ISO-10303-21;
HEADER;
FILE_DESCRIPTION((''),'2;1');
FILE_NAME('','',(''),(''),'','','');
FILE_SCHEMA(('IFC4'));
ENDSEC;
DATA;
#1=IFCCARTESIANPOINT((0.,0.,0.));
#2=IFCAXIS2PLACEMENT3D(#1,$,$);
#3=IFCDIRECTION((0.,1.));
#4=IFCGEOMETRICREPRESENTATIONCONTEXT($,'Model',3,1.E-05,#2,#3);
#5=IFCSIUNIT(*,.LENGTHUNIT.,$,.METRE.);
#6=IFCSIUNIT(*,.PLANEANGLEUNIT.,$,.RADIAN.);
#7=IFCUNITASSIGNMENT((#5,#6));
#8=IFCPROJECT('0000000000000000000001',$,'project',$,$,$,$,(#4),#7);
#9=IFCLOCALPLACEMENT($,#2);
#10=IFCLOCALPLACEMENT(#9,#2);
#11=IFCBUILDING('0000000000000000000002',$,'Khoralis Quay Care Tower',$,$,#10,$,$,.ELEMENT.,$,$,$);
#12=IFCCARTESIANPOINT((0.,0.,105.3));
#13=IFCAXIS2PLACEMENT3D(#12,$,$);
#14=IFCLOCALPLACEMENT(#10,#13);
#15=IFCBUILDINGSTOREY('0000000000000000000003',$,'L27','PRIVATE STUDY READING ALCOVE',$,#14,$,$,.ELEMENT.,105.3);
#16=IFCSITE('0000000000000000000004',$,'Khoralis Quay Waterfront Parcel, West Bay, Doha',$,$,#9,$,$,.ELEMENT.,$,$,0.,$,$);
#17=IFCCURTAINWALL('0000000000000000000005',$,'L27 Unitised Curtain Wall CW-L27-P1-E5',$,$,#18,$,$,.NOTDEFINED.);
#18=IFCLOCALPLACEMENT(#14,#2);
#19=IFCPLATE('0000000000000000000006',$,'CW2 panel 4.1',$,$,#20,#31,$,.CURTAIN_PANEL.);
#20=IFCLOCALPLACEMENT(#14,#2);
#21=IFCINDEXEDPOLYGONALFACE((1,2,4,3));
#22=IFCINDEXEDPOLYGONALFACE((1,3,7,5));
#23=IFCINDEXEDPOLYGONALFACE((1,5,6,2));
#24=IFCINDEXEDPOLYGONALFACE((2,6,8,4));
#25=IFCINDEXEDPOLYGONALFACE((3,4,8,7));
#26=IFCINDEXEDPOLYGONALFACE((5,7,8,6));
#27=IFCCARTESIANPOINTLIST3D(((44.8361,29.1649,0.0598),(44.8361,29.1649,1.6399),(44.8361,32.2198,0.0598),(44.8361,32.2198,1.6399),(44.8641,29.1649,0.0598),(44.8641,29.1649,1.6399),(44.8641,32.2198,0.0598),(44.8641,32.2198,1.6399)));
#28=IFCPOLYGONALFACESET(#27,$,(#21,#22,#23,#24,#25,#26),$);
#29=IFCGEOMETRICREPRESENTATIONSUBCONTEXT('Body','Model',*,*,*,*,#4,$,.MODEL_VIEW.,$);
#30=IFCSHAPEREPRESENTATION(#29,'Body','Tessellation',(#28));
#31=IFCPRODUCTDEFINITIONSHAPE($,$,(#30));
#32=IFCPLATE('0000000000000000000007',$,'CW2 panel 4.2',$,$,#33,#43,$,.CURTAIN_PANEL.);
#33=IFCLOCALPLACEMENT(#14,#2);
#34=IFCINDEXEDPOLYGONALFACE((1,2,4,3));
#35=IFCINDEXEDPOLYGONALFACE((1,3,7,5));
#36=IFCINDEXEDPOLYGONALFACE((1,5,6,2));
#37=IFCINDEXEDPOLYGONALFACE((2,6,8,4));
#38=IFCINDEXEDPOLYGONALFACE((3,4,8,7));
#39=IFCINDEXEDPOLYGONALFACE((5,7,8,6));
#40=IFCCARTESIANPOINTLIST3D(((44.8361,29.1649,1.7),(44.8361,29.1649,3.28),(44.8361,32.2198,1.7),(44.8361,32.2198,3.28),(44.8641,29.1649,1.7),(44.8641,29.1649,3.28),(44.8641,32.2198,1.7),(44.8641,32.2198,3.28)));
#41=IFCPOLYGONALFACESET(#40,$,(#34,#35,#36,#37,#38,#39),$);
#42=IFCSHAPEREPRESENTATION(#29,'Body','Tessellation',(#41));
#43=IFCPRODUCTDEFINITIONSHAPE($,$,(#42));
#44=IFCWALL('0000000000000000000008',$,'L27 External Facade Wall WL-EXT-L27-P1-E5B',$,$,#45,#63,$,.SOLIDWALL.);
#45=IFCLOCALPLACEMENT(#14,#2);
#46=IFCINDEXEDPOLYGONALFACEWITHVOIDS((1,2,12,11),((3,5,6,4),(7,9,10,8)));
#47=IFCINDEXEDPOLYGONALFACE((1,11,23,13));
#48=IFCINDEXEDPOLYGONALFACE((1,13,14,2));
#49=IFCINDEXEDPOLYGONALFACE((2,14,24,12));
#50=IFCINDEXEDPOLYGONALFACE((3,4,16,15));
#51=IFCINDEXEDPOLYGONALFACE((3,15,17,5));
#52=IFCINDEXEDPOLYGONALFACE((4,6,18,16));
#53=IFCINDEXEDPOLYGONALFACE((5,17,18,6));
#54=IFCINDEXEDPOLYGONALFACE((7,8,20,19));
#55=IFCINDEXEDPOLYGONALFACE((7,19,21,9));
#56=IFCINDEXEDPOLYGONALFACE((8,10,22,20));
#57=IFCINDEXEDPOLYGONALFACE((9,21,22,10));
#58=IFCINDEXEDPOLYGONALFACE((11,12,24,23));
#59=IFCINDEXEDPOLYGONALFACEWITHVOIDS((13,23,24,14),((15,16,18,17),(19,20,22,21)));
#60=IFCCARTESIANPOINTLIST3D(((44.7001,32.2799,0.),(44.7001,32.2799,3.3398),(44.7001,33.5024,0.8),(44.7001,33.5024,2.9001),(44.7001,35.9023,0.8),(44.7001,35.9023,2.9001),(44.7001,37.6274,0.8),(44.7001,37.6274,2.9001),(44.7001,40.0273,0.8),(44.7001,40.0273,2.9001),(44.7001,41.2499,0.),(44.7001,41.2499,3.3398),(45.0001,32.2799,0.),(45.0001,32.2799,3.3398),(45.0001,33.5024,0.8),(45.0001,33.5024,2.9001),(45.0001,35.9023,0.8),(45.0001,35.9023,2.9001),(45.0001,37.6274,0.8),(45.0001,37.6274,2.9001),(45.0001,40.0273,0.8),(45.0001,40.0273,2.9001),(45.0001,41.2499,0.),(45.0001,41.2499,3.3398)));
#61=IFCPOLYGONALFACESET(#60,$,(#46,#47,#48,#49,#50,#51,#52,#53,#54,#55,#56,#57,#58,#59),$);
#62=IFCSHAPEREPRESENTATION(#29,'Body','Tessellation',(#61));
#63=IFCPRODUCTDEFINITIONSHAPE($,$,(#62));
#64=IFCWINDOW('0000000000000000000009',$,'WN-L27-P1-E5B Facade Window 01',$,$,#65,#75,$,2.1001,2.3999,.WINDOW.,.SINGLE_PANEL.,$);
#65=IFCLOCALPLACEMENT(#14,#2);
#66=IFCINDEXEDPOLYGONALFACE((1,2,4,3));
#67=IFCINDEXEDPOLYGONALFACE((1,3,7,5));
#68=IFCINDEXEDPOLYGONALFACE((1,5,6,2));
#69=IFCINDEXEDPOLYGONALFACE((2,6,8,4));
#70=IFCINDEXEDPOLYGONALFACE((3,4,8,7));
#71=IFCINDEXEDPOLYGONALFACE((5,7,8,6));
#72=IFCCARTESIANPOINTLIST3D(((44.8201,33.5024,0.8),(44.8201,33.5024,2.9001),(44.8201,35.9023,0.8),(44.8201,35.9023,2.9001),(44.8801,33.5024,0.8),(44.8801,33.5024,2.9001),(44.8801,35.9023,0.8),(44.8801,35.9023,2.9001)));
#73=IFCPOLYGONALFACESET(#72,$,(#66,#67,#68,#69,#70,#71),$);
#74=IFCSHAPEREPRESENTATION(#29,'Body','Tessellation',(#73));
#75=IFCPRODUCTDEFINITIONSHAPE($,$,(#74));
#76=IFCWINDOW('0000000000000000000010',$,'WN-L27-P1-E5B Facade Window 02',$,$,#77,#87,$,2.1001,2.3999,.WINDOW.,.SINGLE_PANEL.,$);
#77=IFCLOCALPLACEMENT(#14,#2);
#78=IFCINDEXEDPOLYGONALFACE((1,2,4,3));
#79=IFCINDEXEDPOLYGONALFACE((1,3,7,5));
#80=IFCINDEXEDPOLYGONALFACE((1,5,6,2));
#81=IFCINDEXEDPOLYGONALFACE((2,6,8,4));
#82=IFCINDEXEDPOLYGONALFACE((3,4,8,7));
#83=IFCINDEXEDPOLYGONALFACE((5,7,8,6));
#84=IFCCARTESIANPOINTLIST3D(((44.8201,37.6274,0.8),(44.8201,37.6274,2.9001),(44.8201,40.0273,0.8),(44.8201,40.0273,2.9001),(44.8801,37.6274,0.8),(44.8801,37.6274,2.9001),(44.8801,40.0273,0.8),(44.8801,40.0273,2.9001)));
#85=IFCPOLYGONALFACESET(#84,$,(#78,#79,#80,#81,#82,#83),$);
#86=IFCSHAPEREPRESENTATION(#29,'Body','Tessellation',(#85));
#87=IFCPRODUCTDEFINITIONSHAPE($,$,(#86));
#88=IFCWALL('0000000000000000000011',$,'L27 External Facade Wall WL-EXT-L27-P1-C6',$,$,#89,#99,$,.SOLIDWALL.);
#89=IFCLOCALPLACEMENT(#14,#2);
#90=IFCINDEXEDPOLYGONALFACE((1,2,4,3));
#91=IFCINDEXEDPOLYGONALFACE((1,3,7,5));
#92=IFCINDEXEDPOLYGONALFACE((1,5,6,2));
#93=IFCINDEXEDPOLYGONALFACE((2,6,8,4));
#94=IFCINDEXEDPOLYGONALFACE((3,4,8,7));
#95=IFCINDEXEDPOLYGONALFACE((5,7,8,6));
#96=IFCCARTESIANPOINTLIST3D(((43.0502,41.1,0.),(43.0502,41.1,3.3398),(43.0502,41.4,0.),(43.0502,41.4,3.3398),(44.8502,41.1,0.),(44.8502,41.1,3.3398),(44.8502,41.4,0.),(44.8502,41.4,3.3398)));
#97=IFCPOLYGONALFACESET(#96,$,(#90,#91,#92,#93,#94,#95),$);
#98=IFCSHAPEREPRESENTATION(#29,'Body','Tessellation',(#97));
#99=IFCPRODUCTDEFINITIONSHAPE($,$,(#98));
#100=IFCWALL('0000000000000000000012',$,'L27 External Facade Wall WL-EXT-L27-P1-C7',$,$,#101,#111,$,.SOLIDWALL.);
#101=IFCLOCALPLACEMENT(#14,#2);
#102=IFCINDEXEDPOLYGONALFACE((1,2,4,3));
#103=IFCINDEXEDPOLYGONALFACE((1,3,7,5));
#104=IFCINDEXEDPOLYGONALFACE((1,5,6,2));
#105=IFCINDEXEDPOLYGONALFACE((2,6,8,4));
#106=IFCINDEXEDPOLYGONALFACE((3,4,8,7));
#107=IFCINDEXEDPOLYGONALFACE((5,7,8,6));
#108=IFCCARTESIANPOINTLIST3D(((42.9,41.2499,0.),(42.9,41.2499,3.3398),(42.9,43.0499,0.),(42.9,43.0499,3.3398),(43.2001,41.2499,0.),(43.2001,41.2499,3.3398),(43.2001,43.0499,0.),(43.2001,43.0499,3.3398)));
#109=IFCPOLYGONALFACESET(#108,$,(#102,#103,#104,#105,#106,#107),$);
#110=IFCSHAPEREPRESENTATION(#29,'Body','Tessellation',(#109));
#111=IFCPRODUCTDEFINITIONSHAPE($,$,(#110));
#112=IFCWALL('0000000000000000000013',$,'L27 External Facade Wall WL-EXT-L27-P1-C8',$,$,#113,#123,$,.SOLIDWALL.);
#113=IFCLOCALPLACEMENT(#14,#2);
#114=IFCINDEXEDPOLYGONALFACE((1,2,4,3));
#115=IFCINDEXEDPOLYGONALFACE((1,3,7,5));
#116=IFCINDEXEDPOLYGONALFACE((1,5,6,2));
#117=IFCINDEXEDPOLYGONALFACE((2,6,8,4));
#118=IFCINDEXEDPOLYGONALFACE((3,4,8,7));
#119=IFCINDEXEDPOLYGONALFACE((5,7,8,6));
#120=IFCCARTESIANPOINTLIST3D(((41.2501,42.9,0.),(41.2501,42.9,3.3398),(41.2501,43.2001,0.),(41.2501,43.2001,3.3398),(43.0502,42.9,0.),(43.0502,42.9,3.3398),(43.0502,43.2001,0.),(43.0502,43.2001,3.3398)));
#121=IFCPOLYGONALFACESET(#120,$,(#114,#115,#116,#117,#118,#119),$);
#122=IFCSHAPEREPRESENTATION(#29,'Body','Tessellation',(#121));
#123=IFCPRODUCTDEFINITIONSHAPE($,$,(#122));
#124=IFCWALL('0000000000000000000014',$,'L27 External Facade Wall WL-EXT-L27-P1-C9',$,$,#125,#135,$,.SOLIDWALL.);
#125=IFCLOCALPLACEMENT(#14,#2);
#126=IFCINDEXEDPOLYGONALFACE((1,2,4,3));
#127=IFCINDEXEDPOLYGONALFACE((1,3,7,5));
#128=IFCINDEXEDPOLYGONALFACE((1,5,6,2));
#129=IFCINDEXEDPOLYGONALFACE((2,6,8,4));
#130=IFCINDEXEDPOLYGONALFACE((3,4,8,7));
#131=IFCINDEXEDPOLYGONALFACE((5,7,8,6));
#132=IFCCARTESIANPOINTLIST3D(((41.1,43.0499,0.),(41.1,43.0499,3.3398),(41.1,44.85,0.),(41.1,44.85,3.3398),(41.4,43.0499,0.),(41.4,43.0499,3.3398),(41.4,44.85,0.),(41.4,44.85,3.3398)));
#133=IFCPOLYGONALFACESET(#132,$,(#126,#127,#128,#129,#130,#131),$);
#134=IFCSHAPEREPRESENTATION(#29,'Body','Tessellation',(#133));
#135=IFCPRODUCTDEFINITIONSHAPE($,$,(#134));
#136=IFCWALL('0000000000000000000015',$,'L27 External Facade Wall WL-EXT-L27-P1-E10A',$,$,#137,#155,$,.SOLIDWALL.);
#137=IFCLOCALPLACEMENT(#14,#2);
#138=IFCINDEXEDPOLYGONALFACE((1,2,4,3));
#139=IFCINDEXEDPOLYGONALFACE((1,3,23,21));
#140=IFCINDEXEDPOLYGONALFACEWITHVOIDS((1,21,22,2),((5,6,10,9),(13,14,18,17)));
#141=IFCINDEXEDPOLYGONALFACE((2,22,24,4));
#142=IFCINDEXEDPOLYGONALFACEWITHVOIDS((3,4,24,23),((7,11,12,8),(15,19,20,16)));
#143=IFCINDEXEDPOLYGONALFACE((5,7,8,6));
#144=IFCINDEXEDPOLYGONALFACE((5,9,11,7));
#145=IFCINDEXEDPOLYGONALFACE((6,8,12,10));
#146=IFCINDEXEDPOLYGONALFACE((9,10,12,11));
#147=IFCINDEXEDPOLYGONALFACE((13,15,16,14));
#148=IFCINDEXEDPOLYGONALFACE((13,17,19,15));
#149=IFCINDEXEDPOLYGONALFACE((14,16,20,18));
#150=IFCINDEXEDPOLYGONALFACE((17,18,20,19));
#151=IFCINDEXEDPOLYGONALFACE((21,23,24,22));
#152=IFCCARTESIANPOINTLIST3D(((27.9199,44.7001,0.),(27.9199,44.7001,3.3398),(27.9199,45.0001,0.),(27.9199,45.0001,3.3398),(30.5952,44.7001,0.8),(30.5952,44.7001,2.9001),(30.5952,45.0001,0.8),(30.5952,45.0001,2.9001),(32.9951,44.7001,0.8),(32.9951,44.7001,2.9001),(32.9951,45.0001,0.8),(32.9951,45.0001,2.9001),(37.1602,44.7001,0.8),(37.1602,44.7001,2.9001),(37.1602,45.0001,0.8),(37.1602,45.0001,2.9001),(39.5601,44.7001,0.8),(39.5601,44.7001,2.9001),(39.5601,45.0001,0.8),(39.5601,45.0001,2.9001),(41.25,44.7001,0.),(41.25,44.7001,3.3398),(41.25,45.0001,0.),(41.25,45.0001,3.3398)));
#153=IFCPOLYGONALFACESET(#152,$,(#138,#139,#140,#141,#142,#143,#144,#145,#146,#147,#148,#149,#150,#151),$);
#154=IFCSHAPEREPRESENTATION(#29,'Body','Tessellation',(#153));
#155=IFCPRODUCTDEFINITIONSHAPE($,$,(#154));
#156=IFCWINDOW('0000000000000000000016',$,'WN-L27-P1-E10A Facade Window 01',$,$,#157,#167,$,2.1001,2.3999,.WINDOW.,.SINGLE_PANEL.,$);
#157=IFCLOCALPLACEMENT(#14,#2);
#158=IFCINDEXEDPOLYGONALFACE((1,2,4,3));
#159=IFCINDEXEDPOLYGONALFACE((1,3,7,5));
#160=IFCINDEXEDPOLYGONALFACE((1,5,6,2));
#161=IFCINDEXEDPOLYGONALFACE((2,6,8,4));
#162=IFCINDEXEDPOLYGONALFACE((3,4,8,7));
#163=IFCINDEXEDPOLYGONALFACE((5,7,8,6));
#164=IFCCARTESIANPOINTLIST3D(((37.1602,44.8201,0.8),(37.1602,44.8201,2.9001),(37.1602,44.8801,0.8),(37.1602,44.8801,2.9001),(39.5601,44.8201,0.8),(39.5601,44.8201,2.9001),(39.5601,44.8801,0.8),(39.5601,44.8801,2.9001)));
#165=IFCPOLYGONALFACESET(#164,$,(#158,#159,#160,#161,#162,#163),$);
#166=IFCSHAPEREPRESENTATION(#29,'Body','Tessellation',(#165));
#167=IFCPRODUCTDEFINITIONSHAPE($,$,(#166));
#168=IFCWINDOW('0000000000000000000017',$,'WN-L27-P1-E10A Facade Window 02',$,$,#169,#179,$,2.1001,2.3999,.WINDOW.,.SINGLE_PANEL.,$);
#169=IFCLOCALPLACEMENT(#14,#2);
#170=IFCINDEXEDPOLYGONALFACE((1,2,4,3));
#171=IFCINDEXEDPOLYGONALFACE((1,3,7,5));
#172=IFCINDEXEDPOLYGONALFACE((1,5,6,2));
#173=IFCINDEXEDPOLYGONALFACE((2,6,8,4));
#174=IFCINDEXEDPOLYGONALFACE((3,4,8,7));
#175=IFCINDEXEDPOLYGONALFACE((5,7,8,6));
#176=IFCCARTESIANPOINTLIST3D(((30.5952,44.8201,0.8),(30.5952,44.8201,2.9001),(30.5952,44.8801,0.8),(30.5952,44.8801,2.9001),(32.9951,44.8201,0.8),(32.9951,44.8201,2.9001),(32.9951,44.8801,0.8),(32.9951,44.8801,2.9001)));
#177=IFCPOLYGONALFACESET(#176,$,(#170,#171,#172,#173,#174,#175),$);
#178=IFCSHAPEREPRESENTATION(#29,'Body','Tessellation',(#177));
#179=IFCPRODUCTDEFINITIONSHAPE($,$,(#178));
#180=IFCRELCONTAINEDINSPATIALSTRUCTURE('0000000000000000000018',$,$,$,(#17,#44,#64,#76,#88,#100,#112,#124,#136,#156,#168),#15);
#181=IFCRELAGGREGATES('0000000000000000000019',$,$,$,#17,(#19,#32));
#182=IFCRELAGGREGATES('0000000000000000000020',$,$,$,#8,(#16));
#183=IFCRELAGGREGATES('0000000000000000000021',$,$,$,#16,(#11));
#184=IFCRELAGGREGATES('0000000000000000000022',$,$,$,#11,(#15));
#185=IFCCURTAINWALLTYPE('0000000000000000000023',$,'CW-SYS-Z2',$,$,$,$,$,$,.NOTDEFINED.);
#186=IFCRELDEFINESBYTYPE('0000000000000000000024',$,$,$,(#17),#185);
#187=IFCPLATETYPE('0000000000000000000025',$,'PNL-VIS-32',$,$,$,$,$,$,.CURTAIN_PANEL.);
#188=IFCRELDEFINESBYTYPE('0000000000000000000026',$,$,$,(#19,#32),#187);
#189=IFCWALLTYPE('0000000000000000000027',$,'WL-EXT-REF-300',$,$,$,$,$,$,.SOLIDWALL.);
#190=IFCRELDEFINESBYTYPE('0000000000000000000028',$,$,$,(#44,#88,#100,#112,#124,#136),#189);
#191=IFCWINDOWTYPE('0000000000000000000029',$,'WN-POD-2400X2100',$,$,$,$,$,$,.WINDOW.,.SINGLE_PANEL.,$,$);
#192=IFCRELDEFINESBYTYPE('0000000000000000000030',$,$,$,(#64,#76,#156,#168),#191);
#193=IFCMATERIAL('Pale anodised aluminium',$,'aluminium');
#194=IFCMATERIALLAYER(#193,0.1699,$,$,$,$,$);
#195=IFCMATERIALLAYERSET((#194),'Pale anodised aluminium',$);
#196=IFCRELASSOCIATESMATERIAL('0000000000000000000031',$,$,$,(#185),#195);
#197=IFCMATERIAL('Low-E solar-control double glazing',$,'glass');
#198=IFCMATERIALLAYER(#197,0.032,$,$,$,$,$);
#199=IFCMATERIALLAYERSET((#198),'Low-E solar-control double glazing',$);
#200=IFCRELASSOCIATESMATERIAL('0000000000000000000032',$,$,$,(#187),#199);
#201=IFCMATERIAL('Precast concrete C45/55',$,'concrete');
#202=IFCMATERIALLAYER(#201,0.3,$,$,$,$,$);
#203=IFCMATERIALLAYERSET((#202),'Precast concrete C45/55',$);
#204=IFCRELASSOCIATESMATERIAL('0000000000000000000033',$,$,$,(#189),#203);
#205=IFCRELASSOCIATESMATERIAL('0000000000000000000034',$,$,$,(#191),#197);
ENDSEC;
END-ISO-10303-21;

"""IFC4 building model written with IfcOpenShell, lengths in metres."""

from ifc_helpers import new_model, si_unit, direction, frame, frame_2d, origin, origin_2d, place, context, subcontext, project, spatial, rectangle, extrude, source, transform, mapped, material, layer, layer_set, type_object, element, fill, aggregate, save


model = new_model("IFC4")

# Units and contexts
model_context = context("Model", 3, precision=1e-05, world=origin(), true_north=direction((0.0, 1.0)))
body_context = subcontext(model_context, "Body", "Model", "MODEL_VIEW")
ifc_project = project(units=[si_unit("LENGTHUNIT", "METRE"), si_unit("PLANEANGLEUNIT", "RADIAN")], contexts=[model_context])

# Site, building, storey
site_placement = place(None, origin())
site = spatial("IfcSite", under=ifc_project, at=site_placement, Name="Khoralis Quay Waterfront Parcel, West Bay, Doha", CompositionType="ELEMENT", RefElevation=0.0)
building_placement = place(site_placement, origin())
building = spatial("IfcBuilding", under=site, at=building_placement, Name="Khoralis Quay Care Tower", CompositionType="ELEMENT")
storey_placement = place(building_placement, frame((0.0, 0.0, 105.3)))
storey = spatial("IfcBuildingStorey", under=building, at=storey_placement, Name="L27", Description="PRIVATE STUDY READING ALCOVE", CompositionType="ELEMENT", Elevation=105.3)

# Curtain wall, plates
ifc_material_1 = material(Name="Pale anodised aluminium", Category="aluminium")
ifc_layer_1 = layer(ifc_material_1, 0.1699)
ifc_layer_set_1 = layer_set([ifc_layer_1], Name="Pale anodised aluminium")
curtain_wall_type = type_object("IfcCurtainWallType", Name="CW-SYS-Z2", PredefinedType="NOTDEFINED", material=ifc_layer_set_1)
curtain_wall_placement = place(storey_placement, origin())
curtain_wall = element("IfcCurtainWall", 1, at=curtain_wall_placement, inside=storey, type_object=curtain_wall_type, Name="L27 Unitised Curtain Wall CW-L27-P1-E5", PredefinedType="NOTDEFINED")
ifc_material_2 = material(Name="Low-E solar-control double glazing", Category="glass")
ifc_layer_2 = layer(ifc_material_2, 0.032)
ifc_layer_set_2 = layer_set([ifc_layer_2], Name="Low-E solar-control double glazing")
plate_type = type_object("IfcPlateType", Name="PNL-VIS-32", PredefinedType="CURTAIN_PANEL", material=ifc_layer_set_2)
shared_shape_1 = source(origin(), body_context, "Body", "SweptSolid", [
    extrude(rectangle(XDim=3.0549, YDim=0.0281, at=origin_2d()), origin(), (0.0, 0.0, 1.0), 1.5801),
])
plate_1_placement = place(storey_placement, frame((44.8501, 30.6924, 0.0598), z_axis=(0.0, 0.0, 1.0), x_axis=(0.0, 1.0, 0.0)))
plate_1 = element("IfcPlate", 2, at=plate_1_placement, type_object=plate_type, Name="CW2 panel 4.1", PredefinedType="CURTAIN_PANEL", context=body_context, shape_type="MappedRepresentation", body=[
    mapped(shared_shape_1, transform((0.0, 0.0, 0.0), scale=1.0)),
])
plate_2_placement = place(storey_placement, frame((44.8501, 30.6924, 1.7), z_axis=(0.0, 0.0, 1.0), x_axis=(0.0, 1.0, 0.0)))
plate_2 = element("IfcPlate", 3, at=plate_2_placement, type_object=plate_type, Name="CW2 panel 4.2", PredefinedType="CURTAIN_PANEL", context=body_context, shape_type="MappedRepresentation", body=[
    mapped(shared_shape_1, transform((0.0, 0.0, 0.0), scale=1.0)),
])
aggregate(curtain_wall, [plate_1, plate_2])

# Wall, openings, windows
ifc_material_3 = material(Name="Precast concrete C45/55", Category="concrete")
ifc_layer_3 = layer(ifc_material_3, 0.3)
ifc_layer_set_3 = layer_set([ifc_layer_3], Name="Precast concrete C45/55")
wall_type_1 = type_object("IfcWallType", Name="WL-EXT-REF-300", PredefinedType="SOLIDWALL", material=ifc_layer_set_3)
wall_1_placement = place(storey_placement, frame((44.8501, 32.28, 0.0), z_axis=(0.0, 0.0, 1.0), x_axis=(0.0, 1.0, 0.0)))
wall_1 = element("IfcWall", 4, at=wall_1_placement, inside=storey, type_object=wall_type_1, Name="L27 External Facade Wall WL-EXT-L27-P1-E5B", PredefinedType="SOLIDWALL", context=body_context, shape_type="SweptSolid", body=[
    extrude(rectangle(XDim=8.97, YDim=0.3, at=frame_2d((4.4849, 0.0))), origin(), (0.0, 0.0, 1.0), 3.3398),
])
opening_1_placement = place(wall_1_placement, frame((1.2224, 0.0, 0.8)))
opening_1 = element("IfcOpeningElement", 5, at=opening_1_placement, cuts=wall_1, PredefinedType="OPENING", context=body_context, shape_type="SweptSolid", body=[
    extrude(rectangle(XDim=2.3999, YDim=2.1001, at=frame_2d((1.2, 1.05))), frame((0.0, 0.1602, 0.0), z_axis=(0.0, -1.0, 0.0), x_axis=(1.0, 0.0, 0.0)), (0.0, 0.0, 1.0), 0.3201),
])
opening_2_placement = place(wall_1_placement, frame((5.3474, 0.0, 0.8)))
opening_2 = element("IfcOpeningElement", 6, at=opening_2_placement, cuts=wall_1, PredefinedType="OPENING", context=body_context, shape_type="SweptSolid", body=[
    extrude(rectangle(XDim=2.3999, YDim=2.1001, at=frame_2d((1.2, 1.05))), frame((0.0, 0.1602, 0.0), z_axis=(0.0, -1.0, 0.0), x_axis=(1.0, 0.0, 0.0)), (0.0, 0.0, 1.0), 0.3201),
])
window_type = type_object("IfcWindowType", Name="WN-POD-2400X2100", PartitioningType="SINGLE_PANEL", PredefinedType="WINDOW", material=ifc_material_2)
shared_shape_2 = source(origin(), body_context, "Body", "SweptSolid", [
    extrude(rectangle(XDim=2.3999, YDim=2.1001, at=frame_2d((1.2, 1.05))), frame((0.0, 0.03, 0.0), z_axis=(0.0, -1.0, 0.0), x_axis=(1.0, 0.0, 0.0)), (0.0, 0.0, 1.0), 0.0601),
])
window_1_placement = place(opening_1_placement, origin())
window_1 = element("IfcWindow", 7, at=window_1_placement, inside=storey, type_object=window_type, Name="WN-L27-P1-E5B Facade Window 01", OverallHeight=2.1001, OverallWidth=2.3999, PartitioningType="SINGLE_PANEL", PredefinedType="WINDOW", context=body_context, shape_type="MappedRepresentation", body=[
    mapped(shared_shape_2, transform((0.0, 0.0, 0.0), scale=1.0)),
])
fill(opening_1, window_1)
window_2_placement = place(opening_2_placement, origin())
window_2 = element("IfcWindow", 8, at=window_2_placement, inside=storey, type_object=window_type, Name="WN-L27-P1-E5B Facade Window 02", OverallHeight=2.1001, OverallWidth=2.3999, PartitioningType="SINGLE_PANEL", PredefinedType="WINDOW", context=body_context, shape_type="MappedRepresentation", body=[
    mapped(shared_shape_2, transform((0.0, 0.0, 0.0), scale=1.0)),
])
fill(opening_2, window_2)

# Walls
for number, where, z_axis, x_axis, name in (
    (9, (44.8501, 41.25, 0.0), (0.0, 0.0, 1.0), (-1.0, 0.0, 0.0), "L27 External Facade Wall WL-EXT-L27-P1-C6"),
    (10, (43.05, 41.25, 0.0), (0.0, 0.0, 1.0), (0.0, 1.0, 0.0), "L27 External Facade Wall WL-EXT-L27-P1-C7"),
    (11, (43.05, 43.05, 0.0), (0.0, 0.0, 1.0), (-1.0, 0.0, 0.0), "L27 External Facade Wall WL-EXT-L27-P1-C8"),
    (12, (41.25, 43.05, 0.0), (0.0, 0.0, 1.0), (0.0, 1.0, 0.0), "L27 External Facade Wall WL-EXT-L27-P1-C9"),
):
    element("IfcWall", number, at=place(storey_placement, frame(where, z_axis=z_axis, x_axis=x_axis)), inside=storey, type_object=wall_type_1, Name=name, PredefinedType="SOLIDWALL", context=body_context, shape_type="SweptSolid", body=[
        extrude(rectangle(XDim=1.8, YDim=0.3, at=frame_2d((0.8999, 0.0))), origin(), (0.0, 0.0, 1.0), 3.3398),
    ])

# Wall, openings, windows
wall_2_placement = place(storey_placement, frame((41.25, 44.8501, 0.0), z_axis=(0.0, 0.0, 1.0), x_axis=(-1.0, 0.0, 0.0)))
wall_2 = element("IfcWall", 13, at=wall_2_placement, inside=storey, type_object=wall_type_1, Name="L27 External Facade Wall WL-EXT-L27-P1-E10A", PredefinedType="SOLIDWALL", context=body_context, shape_type="SweptSolid", body=[
    extrude(rectangle(XDim=13.3301, YDim=0.3, at=frame_2d((6.665, 0.0))), origin(), (0.0, 0.0, 1.0), 3.3398),
])
opening_3_placement = place(wall_2_placement, frame((1.6899, 0.0, 0.8)))
opening_3 = element("IfcOpeningElement", 14, at=opening_3_placement, cuts=wall_2, PredefinedType="OPENING", context=body_context, shape_type="SweptSolid", body=[
    extrude(rectangle(XDim=2.3999, YDim=2.1001, at=frame_2d((1.2, 1.05))), frame((0.0, 0.1602, 0.0), z_axis=(0.0, -1.0, 0.0), x_axis=(1.0, 0.0, 0.0)), (0.0, 0.0, 1.0), 0.3201),
])
opening_4_placement = place(wall_2_placement, frame((8.2549, 0.0, 0.8)))
opening_4 = element("IfcOpeningElement", 15, at=opening_4_placement, cuts=wall_2, PredefinedType="OPENING", context=body_context, shape_type="SweptSolid", body=[
    extrude(rectangle(XDim=2.3999, YDim=2.1001, at=frame_2d((1.2, 1.05))), frame((0.0, 0.1602, 0.0), z_axis=(0.0, -1.0, 0.0), x_axis=(1.0, 0.0, 0.0)), (0.0, 0.0, 1.0), 0.3201),
])
window_3_placement = place(opening_3_placement, origin())
window_3 = element("IfcWindow", 16, at=window_3_placement, inside=storey, type_object=window_type, Name="WN-L27-P1-E10A Facade Window 01", OverallHeight=2.1001, OverallWidth=2.3999, PartitioningType="SINGLE_PANEL", PredefinedType="WINDOW", context=body_context, shape_type="MappedRepresentation", body=[
    mapped(shared_shape_2, transform((0.0, 0.0, 0.0), scale=1.0)),
])
fill(opening_3, window_3)
window_4_placement = place(opening_4_placement, origin())
window_4 = element("IfcWindow", 17, at=window_4_placement, inside=storey, type_object=window_type, Name="WN-L27-P1-E10A Facade Window 02", OverallHeight=2.1001, OverallWidth=2.3999, PartitioningType="SINGLE_PANEL", PredefinedType="WINDOW", context=body_context, shape_type="MappedRepresentation", body=[
    mapped(shared_shape_2, transform((0.0, 0.0, 0.0), scale=1.0)),
])
fill(opening_4, window_4)

save(model, "model.ifc")
